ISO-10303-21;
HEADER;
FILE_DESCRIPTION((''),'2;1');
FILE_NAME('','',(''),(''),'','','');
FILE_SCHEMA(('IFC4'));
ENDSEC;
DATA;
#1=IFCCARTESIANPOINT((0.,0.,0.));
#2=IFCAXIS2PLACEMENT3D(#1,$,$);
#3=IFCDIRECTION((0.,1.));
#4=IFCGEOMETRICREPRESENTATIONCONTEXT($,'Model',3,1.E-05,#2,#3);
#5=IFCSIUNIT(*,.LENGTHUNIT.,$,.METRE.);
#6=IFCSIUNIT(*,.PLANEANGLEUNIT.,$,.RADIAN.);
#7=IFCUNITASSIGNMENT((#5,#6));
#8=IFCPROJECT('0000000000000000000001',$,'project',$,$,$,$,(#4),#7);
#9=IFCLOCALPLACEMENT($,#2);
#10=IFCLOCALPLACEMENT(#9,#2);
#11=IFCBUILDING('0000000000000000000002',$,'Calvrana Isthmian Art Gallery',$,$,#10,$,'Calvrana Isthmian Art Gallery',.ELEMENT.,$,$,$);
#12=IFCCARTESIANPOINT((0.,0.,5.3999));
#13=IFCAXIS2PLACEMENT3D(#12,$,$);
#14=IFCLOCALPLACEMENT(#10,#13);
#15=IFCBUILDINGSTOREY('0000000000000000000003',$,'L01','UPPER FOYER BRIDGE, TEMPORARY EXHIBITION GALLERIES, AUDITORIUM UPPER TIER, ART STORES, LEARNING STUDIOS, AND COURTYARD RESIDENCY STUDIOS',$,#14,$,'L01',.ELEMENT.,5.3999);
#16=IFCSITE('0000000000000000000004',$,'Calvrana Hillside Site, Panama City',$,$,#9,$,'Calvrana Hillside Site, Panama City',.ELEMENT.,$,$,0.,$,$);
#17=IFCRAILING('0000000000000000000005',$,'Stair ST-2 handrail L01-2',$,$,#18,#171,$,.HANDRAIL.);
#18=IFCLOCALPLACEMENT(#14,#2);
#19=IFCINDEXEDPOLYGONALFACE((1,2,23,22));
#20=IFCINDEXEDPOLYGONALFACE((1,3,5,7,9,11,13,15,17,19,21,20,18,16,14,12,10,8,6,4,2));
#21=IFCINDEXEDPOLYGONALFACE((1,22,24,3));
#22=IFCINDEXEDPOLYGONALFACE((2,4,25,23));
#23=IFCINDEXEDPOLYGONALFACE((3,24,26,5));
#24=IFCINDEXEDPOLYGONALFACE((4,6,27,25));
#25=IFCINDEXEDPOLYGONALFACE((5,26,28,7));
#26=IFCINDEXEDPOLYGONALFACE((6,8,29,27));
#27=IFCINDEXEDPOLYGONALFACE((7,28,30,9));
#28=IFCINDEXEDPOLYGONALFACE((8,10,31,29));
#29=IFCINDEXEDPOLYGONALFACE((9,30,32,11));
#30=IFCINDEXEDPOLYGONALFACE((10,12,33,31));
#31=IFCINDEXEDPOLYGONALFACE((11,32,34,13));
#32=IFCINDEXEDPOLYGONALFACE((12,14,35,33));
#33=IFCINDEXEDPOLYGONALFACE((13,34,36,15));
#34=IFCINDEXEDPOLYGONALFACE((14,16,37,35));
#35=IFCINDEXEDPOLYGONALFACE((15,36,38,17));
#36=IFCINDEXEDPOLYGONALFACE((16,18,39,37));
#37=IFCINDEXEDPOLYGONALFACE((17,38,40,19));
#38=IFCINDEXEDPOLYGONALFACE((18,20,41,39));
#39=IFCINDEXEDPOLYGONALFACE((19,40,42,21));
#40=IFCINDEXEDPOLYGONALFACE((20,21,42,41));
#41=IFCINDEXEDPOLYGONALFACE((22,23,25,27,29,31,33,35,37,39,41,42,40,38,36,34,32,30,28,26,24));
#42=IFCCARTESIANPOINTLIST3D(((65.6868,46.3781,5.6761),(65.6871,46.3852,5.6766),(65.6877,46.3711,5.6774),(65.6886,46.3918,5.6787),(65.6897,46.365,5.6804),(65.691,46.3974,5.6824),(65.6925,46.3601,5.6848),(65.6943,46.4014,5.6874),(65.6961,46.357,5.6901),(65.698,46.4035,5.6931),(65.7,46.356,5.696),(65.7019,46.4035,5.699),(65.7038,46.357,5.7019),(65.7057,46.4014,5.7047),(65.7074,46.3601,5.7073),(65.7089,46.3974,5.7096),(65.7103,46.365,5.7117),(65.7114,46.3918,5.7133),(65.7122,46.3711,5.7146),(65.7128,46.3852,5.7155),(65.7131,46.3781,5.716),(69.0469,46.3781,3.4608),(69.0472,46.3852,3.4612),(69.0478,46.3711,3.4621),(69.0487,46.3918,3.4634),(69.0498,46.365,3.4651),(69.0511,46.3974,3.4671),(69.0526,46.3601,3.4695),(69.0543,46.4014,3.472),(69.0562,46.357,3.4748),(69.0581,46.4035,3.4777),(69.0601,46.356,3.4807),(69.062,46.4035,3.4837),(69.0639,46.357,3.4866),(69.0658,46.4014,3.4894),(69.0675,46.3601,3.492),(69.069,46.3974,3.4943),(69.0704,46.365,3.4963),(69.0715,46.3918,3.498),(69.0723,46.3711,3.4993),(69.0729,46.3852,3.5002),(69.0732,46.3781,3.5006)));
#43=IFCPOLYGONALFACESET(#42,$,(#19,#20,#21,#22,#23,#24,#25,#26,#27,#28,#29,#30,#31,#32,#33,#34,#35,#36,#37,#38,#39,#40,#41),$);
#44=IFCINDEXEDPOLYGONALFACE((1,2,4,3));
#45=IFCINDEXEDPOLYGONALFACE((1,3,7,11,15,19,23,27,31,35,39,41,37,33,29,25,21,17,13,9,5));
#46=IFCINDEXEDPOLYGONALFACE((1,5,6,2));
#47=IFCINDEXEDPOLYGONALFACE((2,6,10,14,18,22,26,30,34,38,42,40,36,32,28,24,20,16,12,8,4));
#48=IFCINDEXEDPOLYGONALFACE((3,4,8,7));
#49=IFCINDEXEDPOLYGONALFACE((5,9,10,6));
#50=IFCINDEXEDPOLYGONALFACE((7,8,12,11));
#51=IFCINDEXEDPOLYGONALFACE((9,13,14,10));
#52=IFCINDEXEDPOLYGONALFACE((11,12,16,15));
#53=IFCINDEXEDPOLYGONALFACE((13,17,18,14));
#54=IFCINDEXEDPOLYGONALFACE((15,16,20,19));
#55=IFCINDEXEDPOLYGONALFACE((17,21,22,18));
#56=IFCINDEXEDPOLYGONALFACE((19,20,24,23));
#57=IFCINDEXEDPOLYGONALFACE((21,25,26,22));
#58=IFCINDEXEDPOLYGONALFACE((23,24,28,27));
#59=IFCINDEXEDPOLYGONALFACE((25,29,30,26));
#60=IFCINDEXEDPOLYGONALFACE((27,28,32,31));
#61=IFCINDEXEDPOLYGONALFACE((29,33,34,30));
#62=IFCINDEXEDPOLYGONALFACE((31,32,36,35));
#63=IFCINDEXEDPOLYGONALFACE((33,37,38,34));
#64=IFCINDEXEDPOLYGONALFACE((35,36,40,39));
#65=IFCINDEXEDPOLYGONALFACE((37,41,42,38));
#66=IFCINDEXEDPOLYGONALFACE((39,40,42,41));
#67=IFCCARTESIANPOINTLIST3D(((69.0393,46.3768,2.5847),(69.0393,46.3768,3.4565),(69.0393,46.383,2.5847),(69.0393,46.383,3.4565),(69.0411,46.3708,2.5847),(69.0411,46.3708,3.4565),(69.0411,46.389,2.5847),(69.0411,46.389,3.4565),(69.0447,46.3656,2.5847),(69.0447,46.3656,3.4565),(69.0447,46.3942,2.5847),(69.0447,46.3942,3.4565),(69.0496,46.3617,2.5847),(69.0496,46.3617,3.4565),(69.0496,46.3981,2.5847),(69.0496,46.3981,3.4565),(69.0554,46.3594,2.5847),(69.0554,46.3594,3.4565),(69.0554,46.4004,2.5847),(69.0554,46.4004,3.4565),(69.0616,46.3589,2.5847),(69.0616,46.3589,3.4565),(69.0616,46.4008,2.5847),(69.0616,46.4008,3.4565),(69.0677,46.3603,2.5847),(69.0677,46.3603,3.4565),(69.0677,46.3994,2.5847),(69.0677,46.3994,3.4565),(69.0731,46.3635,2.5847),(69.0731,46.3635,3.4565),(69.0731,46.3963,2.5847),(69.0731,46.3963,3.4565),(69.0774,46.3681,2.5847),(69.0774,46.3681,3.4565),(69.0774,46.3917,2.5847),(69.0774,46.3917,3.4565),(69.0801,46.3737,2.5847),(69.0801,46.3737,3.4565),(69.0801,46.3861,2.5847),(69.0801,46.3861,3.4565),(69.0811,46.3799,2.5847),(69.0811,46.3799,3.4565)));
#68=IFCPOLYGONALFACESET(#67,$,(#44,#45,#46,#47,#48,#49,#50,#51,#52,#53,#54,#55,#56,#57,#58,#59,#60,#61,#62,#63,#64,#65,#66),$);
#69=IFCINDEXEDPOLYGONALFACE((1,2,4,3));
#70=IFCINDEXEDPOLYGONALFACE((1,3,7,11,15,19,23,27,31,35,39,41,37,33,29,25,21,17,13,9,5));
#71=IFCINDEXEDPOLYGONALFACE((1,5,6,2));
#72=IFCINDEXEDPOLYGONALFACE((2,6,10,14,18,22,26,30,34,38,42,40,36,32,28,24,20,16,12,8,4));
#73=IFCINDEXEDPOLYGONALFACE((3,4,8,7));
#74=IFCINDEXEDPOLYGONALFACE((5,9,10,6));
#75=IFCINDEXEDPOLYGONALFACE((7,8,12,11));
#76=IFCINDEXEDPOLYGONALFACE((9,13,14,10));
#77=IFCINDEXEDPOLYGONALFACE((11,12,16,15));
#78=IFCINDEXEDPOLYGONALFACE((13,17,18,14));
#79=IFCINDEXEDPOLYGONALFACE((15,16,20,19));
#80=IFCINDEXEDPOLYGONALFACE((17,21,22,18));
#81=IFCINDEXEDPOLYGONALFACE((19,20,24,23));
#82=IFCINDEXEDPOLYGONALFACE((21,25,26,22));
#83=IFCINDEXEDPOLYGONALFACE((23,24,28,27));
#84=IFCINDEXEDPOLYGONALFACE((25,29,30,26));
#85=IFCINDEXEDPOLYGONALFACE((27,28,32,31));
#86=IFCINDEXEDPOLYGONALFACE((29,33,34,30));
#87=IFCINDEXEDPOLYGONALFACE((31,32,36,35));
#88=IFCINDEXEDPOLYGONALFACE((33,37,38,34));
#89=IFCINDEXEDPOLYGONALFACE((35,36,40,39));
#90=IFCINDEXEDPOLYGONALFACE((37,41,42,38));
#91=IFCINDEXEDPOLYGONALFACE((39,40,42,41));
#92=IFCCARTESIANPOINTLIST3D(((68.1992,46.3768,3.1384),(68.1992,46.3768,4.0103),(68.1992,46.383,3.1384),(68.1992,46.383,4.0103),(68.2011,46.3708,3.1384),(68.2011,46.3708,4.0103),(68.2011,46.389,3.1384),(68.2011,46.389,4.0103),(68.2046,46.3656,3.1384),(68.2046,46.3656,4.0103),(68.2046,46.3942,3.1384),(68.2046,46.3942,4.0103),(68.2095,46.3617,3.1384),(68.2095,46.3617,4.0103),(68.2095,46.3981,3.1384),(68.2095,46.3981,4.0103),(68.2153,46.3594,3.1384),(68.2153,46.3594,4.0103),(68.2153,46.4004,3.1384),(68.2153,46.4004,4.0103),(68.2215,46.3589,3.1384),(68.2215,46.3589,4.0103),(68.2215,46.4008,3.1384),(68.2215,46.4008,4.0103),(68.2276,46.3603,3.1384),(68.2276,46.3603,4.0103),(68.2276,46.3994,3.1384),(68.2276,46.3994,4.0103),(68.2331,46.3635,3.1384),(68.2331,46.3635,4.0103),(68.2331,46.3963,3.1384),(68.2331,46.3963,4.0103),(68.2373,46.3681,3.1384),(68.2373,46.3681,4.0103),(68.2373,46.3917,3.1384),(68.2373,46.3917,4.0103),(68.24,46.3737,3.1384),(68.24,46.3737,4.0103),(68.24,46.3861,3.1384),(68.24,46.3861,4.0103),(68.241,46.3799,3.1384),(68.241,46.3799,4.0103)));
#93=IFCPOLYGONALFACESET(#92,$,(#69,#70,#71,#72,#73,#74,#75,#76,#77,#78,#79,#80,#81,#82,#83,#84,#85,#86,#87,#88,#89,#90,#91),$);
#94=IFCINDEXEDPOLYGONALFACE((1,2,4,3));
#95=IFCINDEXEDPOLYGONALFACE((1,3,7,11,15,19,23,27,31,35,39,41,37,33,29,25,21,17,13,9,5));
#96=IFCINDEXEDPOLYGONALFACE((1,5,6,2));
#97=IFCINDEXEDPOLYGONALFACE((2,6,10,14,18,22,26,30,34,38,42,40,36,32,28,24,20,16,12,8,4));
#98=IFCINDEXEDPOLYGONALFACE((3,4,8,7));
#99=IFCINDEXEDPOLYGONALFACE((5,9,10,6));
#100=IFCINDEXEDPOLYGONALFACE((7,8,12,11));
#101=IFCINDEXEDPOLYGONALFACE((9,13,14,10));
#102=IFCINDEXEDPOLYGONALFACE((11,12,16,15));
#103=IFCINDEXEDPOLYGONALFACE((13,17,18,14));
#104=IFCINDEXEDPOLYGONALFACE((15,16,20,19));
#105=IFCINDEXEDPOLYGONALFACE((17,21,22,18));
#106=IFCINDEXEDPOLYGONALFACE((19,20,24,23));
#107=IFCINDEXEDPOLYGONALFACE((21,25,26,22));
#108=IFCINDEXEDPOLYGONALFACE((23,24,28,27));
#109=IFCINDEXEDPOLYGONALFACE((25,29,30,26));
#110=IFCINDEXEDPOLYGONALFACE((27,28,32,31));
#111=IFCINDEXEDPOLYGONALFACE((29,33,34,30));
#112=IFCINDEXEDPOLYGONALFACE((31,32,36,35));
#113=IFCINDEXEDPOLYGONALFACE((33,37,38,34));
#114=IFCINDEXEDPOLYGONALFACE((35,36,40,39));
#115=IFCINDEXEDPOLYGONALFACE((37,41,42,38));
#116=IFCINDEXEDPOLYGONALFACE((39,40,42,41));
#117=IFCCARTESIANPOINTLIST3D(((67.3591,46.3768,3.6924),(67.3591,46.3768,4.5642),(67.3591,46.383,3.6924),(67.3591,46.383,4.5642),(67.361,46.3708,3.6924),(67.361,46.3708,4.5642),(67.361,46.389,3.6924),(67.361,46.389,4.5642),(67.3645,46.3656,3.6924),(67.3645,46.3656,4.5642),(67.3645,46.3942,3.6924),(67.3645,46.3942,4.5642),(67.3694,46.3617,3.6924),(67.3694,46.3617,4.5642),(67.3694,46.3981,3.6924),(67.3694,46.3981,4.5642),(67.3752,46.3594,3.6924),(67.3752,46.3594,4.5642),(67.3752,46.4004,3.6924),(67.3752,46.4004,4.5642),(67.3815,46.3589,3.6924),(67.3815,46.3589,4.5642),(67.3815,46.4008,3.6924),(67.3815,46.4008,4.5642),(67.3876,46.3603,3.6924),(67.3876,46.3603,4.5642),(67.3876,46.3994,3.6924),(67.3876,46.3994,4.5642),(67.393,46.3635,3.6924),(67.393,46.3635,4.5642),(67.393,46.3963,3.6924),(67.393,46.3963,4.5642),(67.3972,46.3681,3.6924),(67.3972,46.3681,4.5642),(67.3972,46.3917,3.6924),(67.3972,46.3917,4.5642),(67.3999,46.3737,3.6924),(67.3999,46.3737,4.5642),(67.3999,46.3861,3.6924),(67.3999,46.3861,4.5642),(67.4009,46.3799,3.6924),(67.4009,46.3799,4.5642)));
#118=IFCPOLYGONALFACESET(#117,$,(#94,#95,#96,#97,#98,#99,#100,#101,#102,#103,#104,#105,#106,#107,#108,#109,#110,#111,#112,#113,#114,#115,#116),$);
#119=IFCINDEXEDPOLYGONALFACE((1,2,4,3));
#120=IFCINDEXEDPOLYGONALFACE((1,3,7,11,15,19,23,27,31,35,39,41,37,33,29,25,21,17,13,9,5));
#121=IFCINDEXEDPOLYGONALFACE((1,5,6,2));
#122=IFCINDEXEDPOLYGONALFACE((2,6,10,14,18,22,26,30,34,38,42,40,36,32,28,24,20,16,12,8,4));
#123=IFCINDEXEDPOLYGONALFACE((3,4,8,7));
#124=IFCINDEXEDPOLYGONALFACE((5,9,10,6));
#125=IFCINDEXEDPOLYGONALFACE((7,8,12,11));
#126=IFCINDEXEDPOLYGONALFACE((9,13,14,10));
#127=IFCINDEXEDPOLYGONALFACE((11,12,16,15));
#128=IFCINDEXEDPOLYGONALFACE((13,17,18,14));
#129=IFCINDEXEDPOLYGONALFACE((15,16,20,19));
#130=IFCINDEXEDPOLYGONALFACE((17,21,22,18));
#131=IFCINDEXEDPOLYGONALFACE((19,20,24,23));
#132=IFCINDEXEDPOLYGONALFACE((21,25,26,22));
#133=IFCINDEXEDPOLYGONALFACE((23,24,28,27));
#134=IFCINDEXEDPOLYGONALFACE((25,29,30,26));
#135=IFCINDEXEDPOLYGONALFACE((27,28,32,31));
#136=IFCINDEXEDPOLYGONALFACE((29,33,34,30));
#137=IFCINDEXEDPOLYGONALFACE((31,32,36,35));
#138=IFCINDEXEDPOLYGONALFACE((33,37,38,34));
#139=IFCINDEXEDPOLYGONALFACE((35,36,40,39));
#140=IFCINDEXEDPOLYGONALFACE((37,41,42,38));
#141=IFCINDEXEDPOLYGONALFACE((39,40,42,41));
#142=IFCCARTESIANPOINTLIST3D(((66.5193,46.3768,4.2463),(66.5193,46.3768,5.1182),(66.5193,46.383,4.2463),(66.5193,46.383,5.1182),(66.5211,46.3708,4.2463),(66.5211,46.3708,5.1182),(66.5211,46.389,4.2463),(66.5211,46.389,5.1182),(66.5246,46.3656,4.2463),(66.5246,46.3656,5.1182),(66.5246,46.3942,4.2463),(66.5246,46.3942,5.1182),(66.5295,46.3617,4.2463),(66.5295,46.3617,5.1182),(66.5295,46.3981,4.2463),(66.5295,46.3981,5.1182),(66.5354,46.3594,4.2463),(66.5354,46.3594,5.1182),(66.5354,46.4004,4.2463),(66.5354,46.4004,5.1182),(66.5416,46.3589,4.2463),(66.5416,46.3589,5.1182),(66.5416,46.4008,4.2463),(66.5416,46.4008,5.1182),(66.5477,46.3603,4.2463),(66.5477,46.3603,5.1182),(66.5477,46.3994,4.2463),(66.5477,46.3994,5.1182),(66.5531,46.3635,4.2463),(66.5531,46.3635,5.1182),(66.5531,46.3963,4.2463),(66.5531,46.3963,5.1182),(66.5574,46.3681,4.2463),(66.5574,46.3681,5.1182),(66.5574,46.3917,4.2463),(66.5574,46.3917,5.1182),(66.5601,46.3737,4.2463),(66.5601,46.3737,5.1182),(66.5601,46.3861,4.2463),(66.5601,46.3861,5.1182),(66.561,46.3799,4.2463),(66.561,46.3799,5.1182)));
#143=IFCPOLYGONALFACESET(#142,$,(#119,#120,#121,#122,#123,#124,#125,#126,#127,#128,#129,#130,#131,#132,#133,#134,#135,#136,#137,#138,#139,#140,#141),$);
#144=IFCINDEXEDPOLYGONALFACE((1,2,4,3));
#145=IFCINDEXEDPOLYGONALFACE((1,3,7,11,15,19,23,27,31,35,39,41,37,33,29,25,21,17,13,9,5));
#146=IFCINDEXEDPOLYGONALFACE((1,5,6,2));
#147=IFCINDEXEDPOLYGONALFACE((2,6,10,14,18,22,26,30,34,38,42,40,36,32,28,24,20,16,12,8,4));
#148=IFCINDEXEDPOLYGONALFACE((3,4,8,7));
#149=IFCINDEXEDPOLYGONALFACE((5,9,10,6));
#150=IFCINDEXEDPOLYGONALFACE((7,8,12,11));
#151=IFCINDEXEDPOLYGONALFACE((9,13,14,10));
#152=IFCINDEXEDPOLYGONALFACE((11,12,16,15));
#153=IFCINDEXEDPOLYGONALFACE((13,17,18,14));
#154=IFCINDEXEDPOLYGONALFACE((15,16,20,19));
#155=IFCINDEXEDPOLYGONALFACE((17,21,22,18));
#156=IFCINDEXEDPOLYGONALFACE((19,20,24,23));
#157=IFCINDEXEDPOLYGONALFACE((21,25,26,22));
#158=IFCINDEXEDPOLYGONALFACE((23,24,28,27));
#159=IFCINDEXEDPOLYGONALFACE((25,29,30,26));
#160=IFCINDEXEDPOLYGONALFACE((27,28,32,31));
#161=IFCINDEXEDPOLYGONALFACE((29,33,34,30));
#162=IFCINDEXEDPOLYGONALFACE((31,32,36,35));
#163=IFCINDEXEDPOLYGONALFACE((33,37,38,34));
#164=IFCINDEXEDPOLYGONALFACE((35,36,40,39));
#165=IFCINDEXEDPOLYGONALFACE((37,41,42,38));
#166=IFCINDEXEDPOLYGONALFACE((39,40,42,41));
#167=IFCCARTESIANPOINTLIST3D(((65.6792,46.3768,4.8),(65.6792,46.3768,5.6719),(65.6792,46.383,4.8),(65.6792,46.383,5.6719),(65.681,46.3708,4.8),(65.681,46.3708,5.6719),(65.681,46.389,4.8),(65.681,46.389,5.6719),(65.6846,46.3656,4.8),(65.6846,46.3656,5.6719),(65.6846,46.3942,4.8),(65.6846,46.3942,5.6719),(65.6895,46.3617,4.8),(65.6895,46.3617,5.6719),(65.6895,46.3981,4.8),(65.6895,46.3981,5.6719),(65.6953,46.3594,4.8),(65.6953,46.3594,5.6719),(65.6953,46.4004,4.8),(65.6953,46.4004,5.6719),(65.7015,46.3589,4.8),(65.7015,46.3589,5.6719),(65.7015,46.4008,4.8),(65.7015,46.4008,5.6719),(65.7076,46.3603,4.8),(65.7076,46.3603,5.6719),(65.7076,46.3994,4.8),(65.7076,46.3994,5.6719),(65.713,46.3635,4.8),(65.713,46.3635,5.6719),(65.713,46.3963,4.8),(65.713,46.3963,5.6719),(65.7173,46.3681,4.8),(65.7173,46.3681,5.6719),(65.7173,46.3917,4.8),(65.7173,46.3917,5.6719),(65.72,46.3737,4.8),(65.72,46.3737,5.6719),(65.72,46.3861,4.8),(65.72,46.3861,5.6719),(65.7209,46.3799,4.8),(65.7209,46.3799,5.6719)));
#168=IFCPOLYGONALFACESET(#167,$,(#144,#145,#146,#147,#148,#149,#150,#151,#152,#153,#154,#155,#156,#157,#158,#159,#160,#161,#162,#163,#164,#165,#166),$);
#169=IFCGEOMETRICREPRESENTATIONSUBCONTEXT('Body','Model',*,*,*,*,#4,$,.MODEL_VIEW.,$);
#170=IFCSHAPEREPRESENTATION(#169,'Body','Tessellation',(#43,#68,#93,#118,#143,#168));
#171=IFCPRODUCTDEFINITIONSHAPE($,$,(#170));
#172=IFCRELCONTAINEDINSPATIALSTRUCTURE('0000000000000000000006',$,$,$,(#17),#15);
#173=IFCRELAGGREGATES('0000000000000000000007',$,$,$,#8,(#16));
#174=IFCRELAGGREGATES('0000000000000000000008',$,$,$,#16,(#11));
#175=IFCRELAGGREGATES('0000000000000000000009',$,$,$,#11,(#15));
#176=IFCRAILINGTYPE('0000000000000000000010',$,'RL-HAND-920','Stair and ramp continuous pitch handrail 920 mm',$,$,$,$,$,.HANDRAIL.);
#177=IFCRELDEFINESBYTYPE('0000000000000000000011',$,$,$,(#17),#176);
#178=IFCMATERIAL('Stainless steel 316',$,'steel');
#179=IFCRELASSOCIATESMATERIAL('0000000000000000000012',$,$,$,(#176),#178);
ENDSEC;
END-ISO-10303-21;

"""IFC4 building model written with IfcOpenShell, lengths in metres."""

from ifc_helpers import new_model, si_unit, direction, frame, origin, origin_2d, place, context, subcontext, project, spatial, circle, extrude, material, type_object, element, save


model = new_model("IFC4")

# Units and contexts
model_context = context("Model", 3, precision=1e-05, world=origin(), true_north=direction((0.0, 1.0)))
body_context = subcontext(model_context, "Body", "Model", "MODEL_VIEW")
ifc_project = project(units=[si_unit("LENGTHUNIT", "METRE"), si_unit("PLANEANGLEUNIT", "RADIAN")], contexts=[model_context])

# Site, building, storey
site_placement = place(None, origin())
site = spatial("IfcSite", under=ifc_project, at=site_placement, Name="Calvrana Hillside Site, Panama City", LongName="Calvrana Hillside Site, Panama City", CompositionType="ELEMENT", RefElevation=0.0)
building_placement = place(site_placement, origin())
building = spatial("IfcBuilding", under=site, at=building_placement, Name="Calvrana Isthmian Art Gallery", LongName="Calvrana Isthmian Art Gallery", CompositionType="ELEMENT")
storey_placement = place(building_placement, frame((0.0, 0.0, 5.3999)))
storey = spatial("IfcBuildingStorey", under=building, at=storey_placement, Name="L01", Description="UPPER FOYER BRIDGE, TEMPORARY EXHIBITION GALLERIES, AUDITORIUM UPPER TIER, ART STORES, LEARNING STUDIOS, AND COURTYARD RESIDENCY STUDIOS", LongName="L01", CompositionType="ELEMENT", Elevation=5.3999)

# Railing
ifc_material_1 = material(Name="Stainless steel 316", Category="steel")
railing_type_1 = type_object("IfcRailingType", Name="RL-HAND-920", Description="Stair and ramp continuous pitch handrail 920 mm", PredefinedType="HANDRAIL", material=ifc_material_1)
railing_1_placement = place(storey_placement, frame((69.0601, 46.3799, 2.5847)))
element("IfcRailing", 1, at=railing_1_placement, inside=storey, type_object=railing_type_1, Name="Stair ST-2 handrail L01-2", PredefinedType="HANDRAIL", context=body_context, shape_type="SweptSolid", body=[
    extrude(circle(Radius=0.0239, at=origin_2d()), frame((0.0, 0.0, 0.896), z_axis=(-0.834876, 0.0, 0.550437), x_axis=(0.0, -1.0, 0.0)), (0.0, 0.0, 1.0), 4.0247),
    extrude(circle(Radius=0.021, at=origin_2d()), origin(), (0.0, 0.0, 1.0), 0.8718),
    extrude(circle(Radius=0.021, at=origin_2d()), frame((-0.8401, 0.0, 0.5537)), (0.0, 0.0, 1.0), 0.8718),
    extrude(circle(Radius=0.021, at=origin_2d()), frame((-1.6802, 0.0, 1.1077)), (0.0, 0.0, 1.0), 0.8718),
    extrude(circle(Radius=0.021, at=origin_2d()), frame((-2.52, 0.0, 1.6616)), (0.0, 0.0, 1.0), 0.8718),
    extrude(circle(Radius=0.021, at=origin_2d()), frame((-3.3601, 0.0, 2.2153)), (0.0, 0.0, 1.0), 0.8718),
])

save(model, "model.ifc")
